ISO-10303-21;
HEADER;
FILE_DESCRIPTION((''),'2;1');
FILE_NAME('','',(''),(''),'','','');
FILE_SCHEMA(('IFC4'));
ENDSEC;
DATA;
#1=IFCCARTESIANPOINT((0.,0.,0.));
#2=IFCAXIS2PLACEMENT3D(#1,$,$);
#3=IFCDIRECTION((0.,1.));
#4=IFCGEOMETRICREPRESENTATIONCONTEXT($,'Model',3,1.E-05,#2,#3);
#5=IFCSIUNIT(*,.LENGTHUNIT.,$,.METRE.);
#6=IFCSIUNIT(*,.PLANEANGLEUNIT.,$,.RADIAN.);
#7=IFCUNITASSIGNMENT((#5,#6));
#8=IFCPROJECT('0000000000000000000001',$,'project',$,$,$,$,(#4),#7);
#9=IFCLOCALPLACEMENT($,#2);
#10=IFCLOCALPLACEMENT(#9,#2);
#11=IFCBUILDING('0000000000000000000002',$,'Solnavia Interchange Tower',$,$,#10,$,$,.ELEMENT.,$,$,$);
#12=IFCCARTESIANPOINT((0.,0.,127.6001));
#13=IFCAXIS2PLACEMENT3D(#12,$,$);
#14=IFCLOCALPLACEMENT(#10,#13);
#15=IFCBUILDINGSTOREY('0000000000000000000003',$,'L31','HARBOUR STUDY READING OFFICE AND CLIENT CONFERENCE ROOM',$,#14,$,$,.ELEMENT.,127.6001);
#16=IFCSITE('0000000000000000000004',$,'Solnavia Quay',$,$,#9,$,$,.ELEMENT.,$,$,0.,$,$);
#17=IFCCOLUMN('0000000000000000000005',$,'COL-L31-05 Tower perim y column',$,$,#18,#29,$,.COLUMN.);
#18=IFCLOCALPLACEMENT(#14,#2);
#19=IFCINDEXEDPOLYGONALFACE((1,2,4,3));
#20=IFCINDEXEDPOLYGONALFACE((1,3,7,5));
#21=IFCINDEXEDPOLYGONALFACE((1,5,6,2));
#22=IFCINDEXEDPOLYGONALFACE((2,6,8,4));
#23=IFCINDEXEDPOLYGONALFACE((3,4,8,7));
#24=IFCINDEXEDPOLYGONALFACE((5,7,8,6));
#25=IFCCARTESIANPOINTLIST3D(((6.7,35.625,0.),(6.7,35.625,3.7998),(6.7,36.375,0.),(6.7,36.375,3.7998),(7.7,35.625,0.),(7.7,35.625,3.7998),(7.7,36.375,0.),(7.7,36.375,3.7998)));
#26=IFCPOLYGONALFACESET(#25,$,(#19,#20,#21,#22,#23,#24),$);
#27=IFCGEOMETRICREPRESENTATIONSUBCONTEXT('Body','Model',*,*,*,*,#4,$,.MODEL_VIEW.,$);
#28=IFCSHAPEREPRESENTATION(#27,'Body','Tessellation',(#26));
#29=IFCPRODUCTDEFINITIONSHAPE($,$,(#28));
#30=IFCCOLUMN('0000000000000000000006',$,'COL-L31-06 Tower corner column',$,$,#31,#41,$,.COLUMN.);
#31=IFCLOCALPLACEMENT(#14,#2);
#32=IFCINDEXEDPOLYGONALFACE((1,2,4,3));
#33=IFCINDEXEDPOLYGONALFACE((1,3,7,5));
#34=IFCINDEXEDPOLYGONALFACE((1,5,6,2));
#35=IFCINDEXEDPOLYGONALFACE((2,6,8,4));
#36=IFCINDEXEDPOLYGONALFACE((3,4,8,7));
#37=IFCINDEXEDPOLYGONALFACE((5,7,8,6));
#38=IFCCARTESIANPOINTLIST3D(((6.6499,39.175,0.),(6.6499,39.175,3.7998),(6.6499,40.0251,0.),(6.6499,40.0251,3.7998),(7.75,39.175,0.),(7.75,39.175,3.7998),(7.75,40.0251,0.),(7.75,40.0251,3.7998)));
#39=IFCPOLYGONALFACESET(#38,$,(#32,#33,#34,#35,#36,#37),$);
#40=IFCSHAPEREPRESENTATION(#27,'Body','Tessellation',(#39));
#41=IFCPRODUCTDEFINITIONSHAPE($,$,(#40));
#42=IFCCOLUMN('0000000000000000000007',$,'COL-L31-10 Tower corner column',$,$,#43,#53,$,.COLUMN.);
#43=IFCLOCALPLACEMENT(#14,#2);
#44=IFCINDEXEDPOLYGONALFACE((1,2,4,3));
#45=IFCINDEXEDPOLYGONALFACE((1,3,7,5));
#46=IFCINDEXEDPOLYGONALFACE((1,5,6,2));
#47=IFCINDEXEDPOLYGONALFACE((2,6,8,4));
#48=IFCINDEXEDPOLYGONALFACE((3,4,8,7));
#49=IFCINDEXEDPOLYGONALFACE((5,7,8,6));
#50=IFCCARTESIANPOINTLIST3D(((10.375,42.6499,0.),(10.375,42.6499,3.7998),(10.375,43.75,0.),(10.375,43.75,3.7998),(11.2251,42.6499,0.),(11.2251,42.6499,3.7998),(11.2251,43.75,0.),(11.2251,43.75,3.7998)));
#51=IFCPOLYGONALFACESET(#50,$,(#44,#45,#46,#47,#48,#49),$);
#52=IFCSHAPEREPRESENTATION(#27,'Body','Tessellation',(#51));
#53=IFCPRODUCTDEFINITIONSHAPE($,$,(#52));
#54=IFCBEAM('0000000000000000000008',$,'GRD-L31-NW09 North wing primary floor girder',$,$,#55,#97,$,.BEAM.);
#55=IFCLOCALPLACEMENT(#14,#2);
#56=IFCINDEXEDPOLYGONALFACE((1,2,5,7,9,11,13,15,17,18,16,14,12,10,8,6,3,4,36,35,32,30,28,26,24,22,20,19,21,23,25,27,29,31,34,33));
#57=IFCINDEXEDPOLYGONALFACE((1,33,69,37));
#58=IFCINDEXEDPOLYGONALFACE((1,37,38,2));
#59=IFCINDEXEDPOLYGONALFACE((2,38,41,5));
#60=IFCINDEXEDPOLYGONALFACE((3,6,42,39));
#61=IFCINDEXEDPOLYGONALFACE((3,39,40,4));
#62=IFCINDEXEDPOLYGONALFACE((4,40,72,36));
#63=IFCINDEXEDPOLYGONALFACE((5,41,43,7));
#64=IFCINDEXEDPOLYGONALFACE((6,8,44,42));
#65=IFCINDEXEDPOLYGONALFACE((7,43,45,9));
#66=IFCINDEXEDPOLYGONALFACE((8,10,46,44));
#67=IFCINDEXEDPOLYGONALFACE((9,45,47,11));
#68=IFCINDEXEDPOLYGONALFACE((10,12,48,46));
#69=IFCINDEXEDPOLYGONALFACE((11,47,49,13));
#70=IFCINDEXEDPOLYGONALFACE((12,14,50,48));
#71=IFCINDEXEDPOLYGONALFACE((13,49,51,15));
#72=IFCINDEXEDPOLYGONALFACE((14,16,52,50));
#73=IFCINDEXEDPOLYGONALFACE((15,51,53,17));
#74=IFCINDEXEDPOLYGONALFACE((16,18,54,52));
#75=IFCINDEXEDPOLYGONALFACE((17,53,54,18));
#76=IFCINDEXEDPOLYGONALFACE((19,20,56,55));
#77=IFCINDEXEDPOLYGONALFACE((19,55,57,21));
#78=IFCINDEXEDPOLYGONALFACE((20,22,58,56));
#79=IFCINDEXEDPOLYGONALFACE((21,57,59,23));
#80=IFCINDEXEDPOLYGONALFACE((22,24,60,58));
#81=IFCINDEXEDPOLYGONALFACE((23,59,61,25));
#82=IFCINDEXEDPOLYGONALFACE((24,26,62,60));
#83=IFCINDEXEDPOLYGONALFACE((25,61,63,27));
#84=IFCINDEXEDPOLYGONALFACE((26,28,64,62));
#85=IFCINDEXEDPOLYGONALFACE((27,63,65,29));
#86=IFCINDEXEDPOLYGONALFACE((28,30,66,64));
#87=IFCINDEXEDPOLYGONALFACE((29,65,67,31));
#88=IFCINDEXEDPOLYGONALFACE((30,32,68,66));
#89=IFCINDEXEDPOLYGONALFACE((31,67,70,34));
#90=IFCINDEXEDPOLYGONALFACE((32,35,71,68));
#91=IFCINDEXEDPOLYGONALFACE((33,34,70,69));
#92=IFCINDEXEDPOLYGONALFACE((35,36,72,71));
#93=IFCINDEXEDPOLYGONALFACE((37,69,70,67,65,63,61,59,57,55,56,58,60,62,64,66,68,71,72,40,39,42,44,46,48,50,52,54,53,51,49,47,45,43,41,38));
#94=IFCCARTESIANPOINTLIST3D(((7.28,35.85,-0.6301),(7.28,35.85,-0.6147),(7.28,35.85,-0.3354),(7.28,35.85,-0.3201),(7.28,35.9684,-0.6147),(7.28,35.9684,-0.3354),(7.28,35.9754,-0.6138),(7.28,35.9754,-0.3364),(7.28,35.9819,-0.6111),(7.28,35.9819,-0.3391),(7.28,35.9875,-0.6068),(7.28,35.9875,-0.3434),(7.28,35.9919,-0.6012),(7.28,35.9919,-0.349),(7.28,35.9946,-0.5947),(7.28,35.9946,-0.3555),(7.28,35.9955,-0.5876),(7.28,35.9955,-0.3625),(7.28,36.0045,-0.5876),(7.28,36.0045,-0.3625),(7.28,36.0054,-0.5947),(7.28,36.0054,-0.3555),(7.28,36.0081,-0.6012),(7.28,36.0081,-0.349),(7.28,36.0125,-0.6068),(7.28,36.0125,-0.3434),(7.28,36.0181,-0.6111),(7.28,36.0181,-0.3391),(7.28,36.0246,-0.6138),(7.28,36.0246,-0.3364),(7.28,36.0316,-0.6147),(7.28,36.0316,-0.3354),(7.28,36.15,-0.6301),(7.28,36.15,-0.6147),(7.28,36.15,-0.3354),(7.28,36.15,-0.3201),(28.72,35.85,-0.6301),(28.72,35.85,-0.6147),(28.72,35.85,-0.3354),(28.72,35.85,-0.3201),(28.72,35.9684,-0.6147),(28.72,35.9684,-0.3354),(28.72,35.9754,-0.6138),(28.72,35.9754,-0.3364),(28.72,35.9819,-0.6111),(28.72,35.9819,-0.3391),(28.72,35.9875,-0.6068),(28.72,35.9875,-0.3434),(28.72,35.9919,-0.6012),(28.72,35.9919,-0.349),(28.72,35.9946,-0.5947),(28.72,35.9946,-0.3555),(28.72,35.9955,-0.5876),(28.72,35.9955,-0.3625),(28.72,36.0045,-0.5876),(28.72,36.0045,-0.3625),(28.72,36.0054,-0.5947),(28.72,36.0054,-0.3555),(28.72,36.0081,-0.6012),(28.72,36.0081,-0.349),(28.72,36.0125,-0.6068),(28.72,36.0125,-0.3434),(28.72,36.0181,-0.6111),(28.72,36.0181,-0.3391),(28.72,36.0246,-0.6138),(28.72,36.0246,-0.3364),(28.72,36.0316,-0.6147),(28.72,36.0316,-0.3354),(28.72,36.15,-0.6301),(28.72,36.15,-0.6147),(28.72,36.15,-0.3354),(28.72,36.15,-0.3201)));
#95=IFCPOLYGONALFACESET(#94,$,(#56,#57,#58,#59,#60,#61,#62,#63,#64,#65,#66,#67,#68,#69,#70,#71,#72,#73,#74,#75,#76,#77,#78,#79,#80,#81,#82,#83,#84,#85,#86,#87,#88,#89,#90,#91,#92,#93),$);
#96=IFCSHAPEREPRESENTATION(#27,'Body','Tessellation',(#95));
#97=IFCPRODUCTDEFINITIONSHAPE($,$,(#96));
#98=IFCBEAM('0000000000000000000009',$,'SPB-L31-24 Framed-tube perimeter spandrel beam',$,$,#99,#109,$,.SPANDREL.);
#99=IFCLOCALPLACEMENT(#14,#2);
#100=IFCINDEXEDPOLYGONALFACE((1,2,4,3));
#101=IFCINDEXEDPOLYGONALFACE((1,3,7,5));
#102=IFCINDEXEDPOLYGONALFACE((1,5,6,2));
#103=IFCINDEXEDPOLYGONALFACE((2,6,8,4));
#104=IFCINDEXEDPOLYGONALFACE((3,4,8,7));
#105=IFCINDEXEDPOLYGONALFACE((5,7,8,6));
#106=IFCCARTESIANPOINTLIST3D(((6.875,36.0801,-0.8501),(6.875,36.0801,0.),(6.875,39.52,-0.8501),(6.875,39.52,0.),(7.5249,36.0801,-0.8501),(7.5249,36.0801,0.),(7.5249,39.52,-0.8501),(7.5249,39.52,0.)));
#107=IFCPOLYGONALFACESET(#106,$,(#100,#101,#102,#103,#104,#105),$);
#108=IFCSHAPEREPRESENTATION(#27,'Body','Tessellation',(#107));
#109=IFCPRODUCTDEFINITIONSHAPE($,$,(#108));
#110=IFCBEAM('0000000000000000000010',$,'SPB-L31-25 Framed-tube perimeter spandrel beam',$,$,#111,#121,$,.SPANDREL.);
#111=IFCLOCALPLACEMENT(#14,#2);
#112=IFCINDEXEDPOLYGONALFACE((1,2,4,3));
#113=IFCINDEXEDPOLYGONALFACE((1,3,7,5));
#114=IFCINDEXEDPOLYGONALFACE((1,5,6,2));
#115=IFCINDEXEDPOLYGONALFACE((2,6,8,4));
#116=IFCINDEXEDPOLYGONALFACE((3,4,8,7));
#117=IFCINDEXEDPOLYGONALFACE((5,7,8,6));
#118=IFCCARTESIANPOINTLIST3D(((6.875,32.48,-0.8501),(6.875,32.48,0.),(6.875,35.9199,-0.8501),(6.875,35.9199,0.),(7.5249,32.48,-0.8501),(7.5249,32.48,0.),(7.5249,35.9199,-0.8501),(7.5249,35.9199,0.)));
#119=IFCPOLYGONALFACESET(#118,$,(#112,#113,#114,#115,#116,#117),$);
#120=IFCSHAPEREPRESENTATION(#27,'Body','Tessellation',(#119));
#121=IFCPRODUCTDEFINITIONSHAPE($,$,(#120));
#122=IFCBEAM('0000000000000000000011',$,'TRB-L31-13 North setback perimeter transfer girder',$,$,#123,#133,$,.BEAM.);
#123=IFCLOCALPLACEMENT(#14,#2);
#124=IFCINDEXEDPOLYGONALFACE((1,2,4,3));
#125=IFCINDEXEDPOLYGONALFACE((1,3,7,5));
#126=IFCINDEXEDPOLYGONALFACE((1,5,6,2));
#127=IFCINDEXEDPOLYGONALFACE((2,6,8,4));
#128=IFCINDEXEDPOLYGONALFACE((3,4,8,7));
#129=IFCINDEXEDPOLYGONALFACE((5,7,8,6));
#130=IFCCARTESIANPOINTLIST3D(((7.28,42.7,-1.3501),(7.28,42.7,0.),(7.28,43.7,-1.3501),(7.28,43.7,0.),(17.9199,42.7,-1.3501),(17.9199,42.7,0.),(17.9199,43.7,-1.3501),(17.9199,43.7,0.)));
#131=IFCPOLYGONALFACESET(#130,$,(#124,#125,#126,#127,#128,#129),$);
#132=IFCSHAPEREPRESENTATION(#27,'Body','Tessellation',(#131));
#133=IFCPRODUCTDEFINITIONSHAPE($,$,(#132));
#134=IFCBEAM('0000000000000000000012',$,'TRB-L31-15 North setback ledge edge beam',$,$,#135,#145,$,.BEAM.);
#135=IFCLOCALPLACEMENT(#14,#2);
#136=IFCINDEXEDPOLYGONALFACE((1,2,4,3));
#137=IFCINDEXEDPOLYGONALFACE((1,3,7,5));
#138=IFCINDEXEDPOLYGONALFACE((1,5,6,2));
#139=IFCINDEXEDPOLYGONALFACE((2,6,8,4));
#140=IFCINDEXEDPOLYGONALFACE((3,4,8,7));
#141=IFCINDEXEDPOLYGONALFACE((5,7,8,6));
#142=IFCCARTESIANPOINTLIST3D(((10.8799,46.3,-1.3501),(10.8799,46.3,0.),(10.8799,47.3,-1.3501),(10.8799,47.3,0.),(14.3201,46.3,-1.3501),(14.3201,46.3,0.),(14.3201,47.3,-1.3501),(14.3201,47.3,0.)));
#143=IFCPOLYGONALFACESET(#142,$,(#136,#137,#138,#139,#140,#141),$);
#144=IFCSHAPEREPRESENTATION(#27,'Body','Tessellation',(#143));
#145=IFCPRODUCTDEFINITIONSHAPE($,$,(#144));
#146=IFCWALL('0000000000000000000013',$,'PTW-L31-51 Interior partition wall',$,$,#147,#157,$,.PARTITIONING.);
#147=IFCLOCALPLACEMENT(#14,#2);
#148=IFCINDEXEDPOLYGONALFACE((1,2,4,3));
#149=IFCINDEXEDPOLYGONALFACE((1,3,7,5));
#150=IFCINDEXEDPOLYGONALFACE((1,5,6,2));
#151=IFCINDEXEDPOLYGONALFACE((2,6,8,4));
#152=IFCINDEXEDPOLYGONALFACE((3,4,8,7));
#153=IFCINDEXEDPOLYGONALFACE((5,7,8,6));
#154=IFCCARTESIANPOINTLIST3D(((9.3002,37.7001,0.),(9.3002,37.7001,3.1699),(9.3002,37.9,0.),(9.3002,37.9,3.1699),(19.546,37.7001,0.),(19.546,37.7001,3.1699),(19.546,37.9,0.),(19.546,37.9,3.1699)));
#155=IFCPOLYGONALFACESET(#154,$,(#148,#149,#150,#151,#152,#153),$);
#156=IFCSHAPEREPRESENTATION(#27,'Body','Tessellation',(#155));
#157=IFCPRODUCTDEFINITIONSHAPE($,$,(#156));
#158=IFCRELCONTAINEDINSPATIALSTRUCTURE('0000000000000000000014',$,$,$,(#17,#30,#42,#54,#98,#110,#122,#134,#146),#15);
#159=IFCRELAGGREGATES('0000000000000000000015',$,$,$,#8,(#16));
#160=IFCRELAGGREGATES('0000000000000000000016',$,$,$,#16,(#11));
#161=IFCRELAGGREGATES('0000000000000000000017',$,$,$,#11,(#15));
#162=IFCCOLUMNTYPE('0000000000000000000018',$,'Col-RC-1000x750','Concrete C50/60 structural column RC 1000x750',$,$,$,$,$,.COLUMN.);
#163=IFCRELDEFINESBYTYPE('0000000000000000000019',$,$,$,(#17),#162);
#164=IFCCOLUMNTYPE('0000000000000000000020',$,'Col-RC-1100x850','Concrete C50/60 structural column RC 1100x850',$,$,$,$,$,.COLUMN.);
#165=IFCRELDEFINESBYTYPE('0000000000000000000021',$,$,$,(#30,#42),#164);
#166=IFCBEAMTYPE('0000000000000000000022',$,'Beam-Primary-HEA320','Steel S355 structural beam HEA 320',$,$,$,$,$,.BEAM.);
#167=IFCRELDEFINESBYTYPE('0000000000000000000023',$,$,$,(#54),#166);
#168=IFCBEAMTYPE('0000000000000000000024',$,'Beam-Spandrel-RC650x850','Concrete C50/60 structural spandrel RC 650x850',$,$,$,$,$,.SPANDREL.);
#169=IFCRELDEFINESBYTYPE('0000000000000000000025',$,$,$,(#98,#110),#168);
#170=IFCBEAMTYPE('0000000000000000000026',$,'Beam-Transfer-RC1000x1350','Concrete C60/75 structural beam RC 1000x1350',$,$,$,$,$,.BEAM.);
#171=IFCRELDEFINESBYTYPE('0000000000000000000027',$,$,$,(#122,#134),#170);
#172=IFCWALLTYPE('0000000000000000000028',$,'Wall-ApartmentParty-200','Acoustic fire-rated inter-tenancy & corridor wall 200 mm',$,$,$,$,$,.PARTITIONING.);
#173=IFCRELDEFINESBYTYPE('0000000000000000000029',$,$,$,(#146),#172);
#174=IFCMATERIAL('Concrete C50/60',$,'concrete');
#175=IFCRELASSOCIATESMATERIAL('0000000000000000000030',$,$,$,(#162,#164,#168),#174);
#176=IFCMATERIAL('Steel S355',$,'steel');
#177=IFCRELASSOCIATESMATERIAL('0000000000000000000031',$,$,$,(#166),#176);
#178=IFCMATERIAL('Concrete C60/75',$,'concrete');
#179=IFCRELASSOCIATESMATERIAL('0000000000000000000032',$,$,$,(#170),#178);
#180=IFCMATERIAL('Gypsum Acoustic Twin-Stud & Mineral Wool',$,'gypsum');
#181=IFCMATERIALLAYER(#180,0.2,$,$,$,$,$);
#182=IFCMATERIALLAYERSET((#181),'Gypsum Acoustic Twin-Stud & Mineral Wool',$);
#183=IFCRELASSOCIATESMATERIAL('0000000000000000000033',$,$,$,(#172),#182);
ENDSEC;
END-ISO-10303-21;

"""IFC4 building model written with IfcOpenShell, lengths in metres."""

from ifc_helpers import new_model, si_unit, direction, frame, frame_2d, origin, origin_2d, place, context, subcontext, project, spatial, rectangle, i_section, extrude, material, layer, layer_set, material_profile, profile_set, type_object, element, save


model = new_model("IFC4")

# Units and contexts
model_context = context("Model", 3, precision=1e-05, world=origin(), true_north=direction((0.0, 1.0)))
body_context = subcontext(model_context, "Body", "Model", "MODEL_VIEW")
ifc_project = project(units=[si_unit("LENGTHUNIT", "METRE"), si_unit("PLANEANGLEUNIT", "RADIAN")], contexts=[model_context])

# Site, building, storey
site_placement = place(None, origin())
site = spatial("IfcSite", under=ifc_project, at=site_placement, Name="Solnavia Quay", CompositionType="ELEMENT", RefElevation=0.0)
building_placement = place(site_placement, origin())
building = spatial("IfcBuilding", under=site, at=building_placement, Name="Solnavia Interchange Tower", CompositionType="ELEMENT")
storey_placement = place(building_placement, frame((0.0, 0.0, 127.6001)))
storey = spatial("IfcBuildingStorey", under=building, at=storey_placement, Name="L31", Description="HARBOUR STUDY READING OFFICE AND CLIENT CONFERENCE ROOM", CompositionType="ELEMENT", Elevation=127.6001)

# Columns
ifc_material_1 = material(Name="Concrete C50/60", Category="concrete")
ifc_material_profile_1 = material_profile(ifc_material_1, rectangle(XDim=0.75, YDim=1.0, at=origin_2d()), Name="RC 1000x750")
ifc_profile_set_1 = profile_set([ifc_material_profile_1], Name="Concrete C50/60")
column_type_1 = type_object("IfcColumnType", Name="Col-RC-1000x750", Description="Concrete C50/60 structural column RC 1000x750", PredefinedType="COLUMN", material=ifc_profile_set_1)
column_placement = place(storey_placement, frame((7.2, 36.0, 0.0), z_axis=(0.0, 0.0, 1.0), x_axis=(0.0, 1.0, 0.0)))
element("IfcColumn", 1, at=column_placement, inside=storey, type_object=column_type_1, Name="COL-L31-05 Tower perim y column", PredefinedType="COLUMN", context=body_context, shape_type="SweptSolid", body=[
    extrude(rectangle(XDim=0.75, YDim=1.0, at=origin_2d()), origin(), (0.0, 0.0, 1.0), 3.7998),
])
ifc_material_profile_2 = material_profile(ifc_material_1, rectangle(XDim=0.8501, YDim=1.1001, at=origin_2d()), Name="RC 1100x850")
ifc_profile_set_2 = profile_set([ifc_material_profile_2], Name="Concrete C50/60")
column_type_2 = type_object("IfcColumnType", Name="Col-RC-1100x850", Description="Concrete C50/60 structural column RC 1100x850", PredefinedType="COLUMN", material=ifc_profile_set_2)
for number, where, z_axis, x_axis, name in (
    (2, (7.2, 39.6001, 0.0), (0.0, 0.0, 1.0), (0.0, 1.0, 0.0), "COL-L31-06 Tower corner column"),
    (3, (10.8, 43.2, 0.0), (0.0, 0.0, 1.0), (1.0, 0.0, 0.0), "COL-L31-10 Tower corner column"),
):
    element("IfcColumn", number, at=place(storey_placement, frame(where, z_axis=z_axis, x_axis=x_axis)), inside=storey, type_object=column_type_2, Name=name, PredefinedType="COLUMN", context=body_context, shape_type="SweptSolid", body=[
        extrude(rectangle(XDim=0.8501, YDim=1.1001, at=origin_2d()), origin(), (0.0, 0.0, 1.0), 3.7998),
    ])

# Beams
ifc_material_2 = material(Name="Steel S355", Category="steel")
ifc_material_profile_3 = material_profile(ifc_material_2, i_section(OverallWidth=0.3, OverallDepth=0.3101, WebThickness=0.009, FlangeThickness=0.0154, FilletRadius=0.0271, at=origin_2d()), Name="HEA 320")
ifc_profile_set_3 = profile_set([ifc_material_profile_3], Name="Steel S355")
beam_type_1 = type_object("IfcBeamType", Name="Beam-Primary-HEA320", Description="Steel S355 structural beam HEA 320", PredefinedType="BEAM", material=ifc_profile_set_3)
beam_1_placement = place(storey_placement, frame((7.28, 36.0, -0.4751), z_axis=(1.0, 0.0, 0.0), x_axis=(0.0, 1.0, 0.0)))
element("IfcBeam", 4, at=beam_1_placement, inside=storey, type_object=beam_type_1, Name="GRD-L31-NW09 North wing primary floor girder", PredefinedType="BEAM", context=body_context, shape_type="SweptSolid", body=[
    extrude(i_section(OverallWidth=0.3, OverallDepth=0.3101, WebThickness=0.009, FlangeThickness=0.0154, FilletRadius=0.0271, at=origin_2d()), origin(), (0.0, 0.0, 1.0), 21.4399),
])
ifc_material_profile_4 = material_profile(ifc_material_1, rectangle(XDim=0.6499, YDim=0.8501, at=origin_2d()), Name="RC 650x850")
ifc_profile_set_4 = profile_set([ifc_material_profile_4], Name="Concrete C50/60")
beam_type_2 = type_object("IfcBeamType", Name="Beam-Spandrel-RC650x850", Description="Concrete C50/60 structural spandrel RC 650x850", PredefinedType="SPANDREL", material=ifc_profile_set_4)
for number, where, z_axis, x_axis, name in (
    (5, (7.2, 39.52, -0.425), (0.0, -1.0, 0.0), (1.0, 0.0, 0.0), "SPB-L31-24 Framed-tube perimeter spandrel beam"),
    (6, (7.2, 35.9199, -0.425), (0.0, -1.0, 0.0), (1.0, 0.0, 0.0), "SPB-L31-25 Framed-tube perimeter spandrel beam"),
):
    element("IfcBeam", number, at=place(storey_placement, frame(where, z_axis=z_axis, x_axis=x_axis)), inside=storey, type_object=beam_type_2, Name=name, PredefinedType="SPANDREL", context=body_context, shape_type="SweptSolid", body=[
        extrude(rectangle(XDim=0.6499, YDim=0.8501, at=origin_2d()), origin(), (0.0, 0.0, 1.0), 3.4399),
    ])
ifc_material_3 = material(Name="Concrete C60/75", Category="concrete")
ifc_material_profile_5 = material_profile(ifc_material_3, rectangle(XDim=1.0, YDim=1.3501, at=origin_2d()), Name="RC 1000x1350")
ifc_profile_set_5 = profile_set([ifc_material_profile_5], Name="Concrete C60/75")
beam_type_3 = type_object("IfcBeamType", Name="Beam-Transfer-RC1000x1350", Description="Concrete C60/75 structural beam RC 1000x1350", PredefinedType="BEAM", material=ifc_profile_set_5)
beam_2_placement = place(storey_placement, frame((7.28, 43.2, -0.675), z_axis=(1.0, 0.0, 0.0), x_axis=(0.0, 1.0, 0.0)))
element("IfcBeam", 7, at=beam_2_placement, inside=storey, type_object=beam_type_3, Name="TRB-L31-13 North setback perimeter transfer girder", PredefinedType="BEAM", context=body_context, shape_type="SweptSolid", body=[
    extrude(rectangle(XDim=1.0, YDim=1.3501, at=origin_2d()), origin(), (0.0, 0.0, 1.0), 10.6399),
])
beam_3_placement = place(storey_placement, frame((10.8799, 46.8, -0.675), z_axis=(1.0, 0.0, 0.0), x_axis=(0.0, 1.0, 0.0)))
element("IfcBeam", 8, at=beam_3_placement, inside=storey, type_object=beam_type_3, Name="TRB-L31-15 North setback ledge edge beam", PredefinedType="BEAM", context=body_context, shape_type="SweptSolid", body=[
    extrude(rectangle(XDim=1.0, YDim=1.3501, at=origin_2d()), origin(), (0.0, 0.0, 1.0), 3.4402),
])

# Wall
ifc_material_4 = material(Name="Gypsum Acoustic Twin-Stud & Mineral Wool", Category="gypsum")
ifc_layer_1 = layer(ifc_material_4, 0.2)
ifc_layer_set_1 = layer_set([ifc_layer_1], Name="Gypsum Acoustic Twin-Stud & Mineral Wool")
wall_type_1 = type_object("IfcWallType", Name="Wall-ApartmentParty-200", Description="Acoustic fire-rated inter-tenancy & corridor wall 200 mm", PredefinedType="PARTITIONING", material=ifc_layer_set_1)
wall_1_placement = place(storey_placement, frame((9.3, 37.8, 0.0), z_axis=(0.0, 0.0, 1.0), x_axis=(1.0, 0.0, 0.0)))
element("IfcWall", 9, at=wall_1_placement, inside=storey, type_object=wall_type_1, Name="PTW-L31-51 Interior partition wall", PredefinedType="PARTITIONING", context=body_context, shape_type="SweptSolid", body=[
    extrude(rectangle(XDim=10.2458, YDim=0.2, at=frame_2d((5.123, 0.0))), origin(), (0.0, 0.0, 1.0), 3.1699),
])

save(model, "model.ifc")
